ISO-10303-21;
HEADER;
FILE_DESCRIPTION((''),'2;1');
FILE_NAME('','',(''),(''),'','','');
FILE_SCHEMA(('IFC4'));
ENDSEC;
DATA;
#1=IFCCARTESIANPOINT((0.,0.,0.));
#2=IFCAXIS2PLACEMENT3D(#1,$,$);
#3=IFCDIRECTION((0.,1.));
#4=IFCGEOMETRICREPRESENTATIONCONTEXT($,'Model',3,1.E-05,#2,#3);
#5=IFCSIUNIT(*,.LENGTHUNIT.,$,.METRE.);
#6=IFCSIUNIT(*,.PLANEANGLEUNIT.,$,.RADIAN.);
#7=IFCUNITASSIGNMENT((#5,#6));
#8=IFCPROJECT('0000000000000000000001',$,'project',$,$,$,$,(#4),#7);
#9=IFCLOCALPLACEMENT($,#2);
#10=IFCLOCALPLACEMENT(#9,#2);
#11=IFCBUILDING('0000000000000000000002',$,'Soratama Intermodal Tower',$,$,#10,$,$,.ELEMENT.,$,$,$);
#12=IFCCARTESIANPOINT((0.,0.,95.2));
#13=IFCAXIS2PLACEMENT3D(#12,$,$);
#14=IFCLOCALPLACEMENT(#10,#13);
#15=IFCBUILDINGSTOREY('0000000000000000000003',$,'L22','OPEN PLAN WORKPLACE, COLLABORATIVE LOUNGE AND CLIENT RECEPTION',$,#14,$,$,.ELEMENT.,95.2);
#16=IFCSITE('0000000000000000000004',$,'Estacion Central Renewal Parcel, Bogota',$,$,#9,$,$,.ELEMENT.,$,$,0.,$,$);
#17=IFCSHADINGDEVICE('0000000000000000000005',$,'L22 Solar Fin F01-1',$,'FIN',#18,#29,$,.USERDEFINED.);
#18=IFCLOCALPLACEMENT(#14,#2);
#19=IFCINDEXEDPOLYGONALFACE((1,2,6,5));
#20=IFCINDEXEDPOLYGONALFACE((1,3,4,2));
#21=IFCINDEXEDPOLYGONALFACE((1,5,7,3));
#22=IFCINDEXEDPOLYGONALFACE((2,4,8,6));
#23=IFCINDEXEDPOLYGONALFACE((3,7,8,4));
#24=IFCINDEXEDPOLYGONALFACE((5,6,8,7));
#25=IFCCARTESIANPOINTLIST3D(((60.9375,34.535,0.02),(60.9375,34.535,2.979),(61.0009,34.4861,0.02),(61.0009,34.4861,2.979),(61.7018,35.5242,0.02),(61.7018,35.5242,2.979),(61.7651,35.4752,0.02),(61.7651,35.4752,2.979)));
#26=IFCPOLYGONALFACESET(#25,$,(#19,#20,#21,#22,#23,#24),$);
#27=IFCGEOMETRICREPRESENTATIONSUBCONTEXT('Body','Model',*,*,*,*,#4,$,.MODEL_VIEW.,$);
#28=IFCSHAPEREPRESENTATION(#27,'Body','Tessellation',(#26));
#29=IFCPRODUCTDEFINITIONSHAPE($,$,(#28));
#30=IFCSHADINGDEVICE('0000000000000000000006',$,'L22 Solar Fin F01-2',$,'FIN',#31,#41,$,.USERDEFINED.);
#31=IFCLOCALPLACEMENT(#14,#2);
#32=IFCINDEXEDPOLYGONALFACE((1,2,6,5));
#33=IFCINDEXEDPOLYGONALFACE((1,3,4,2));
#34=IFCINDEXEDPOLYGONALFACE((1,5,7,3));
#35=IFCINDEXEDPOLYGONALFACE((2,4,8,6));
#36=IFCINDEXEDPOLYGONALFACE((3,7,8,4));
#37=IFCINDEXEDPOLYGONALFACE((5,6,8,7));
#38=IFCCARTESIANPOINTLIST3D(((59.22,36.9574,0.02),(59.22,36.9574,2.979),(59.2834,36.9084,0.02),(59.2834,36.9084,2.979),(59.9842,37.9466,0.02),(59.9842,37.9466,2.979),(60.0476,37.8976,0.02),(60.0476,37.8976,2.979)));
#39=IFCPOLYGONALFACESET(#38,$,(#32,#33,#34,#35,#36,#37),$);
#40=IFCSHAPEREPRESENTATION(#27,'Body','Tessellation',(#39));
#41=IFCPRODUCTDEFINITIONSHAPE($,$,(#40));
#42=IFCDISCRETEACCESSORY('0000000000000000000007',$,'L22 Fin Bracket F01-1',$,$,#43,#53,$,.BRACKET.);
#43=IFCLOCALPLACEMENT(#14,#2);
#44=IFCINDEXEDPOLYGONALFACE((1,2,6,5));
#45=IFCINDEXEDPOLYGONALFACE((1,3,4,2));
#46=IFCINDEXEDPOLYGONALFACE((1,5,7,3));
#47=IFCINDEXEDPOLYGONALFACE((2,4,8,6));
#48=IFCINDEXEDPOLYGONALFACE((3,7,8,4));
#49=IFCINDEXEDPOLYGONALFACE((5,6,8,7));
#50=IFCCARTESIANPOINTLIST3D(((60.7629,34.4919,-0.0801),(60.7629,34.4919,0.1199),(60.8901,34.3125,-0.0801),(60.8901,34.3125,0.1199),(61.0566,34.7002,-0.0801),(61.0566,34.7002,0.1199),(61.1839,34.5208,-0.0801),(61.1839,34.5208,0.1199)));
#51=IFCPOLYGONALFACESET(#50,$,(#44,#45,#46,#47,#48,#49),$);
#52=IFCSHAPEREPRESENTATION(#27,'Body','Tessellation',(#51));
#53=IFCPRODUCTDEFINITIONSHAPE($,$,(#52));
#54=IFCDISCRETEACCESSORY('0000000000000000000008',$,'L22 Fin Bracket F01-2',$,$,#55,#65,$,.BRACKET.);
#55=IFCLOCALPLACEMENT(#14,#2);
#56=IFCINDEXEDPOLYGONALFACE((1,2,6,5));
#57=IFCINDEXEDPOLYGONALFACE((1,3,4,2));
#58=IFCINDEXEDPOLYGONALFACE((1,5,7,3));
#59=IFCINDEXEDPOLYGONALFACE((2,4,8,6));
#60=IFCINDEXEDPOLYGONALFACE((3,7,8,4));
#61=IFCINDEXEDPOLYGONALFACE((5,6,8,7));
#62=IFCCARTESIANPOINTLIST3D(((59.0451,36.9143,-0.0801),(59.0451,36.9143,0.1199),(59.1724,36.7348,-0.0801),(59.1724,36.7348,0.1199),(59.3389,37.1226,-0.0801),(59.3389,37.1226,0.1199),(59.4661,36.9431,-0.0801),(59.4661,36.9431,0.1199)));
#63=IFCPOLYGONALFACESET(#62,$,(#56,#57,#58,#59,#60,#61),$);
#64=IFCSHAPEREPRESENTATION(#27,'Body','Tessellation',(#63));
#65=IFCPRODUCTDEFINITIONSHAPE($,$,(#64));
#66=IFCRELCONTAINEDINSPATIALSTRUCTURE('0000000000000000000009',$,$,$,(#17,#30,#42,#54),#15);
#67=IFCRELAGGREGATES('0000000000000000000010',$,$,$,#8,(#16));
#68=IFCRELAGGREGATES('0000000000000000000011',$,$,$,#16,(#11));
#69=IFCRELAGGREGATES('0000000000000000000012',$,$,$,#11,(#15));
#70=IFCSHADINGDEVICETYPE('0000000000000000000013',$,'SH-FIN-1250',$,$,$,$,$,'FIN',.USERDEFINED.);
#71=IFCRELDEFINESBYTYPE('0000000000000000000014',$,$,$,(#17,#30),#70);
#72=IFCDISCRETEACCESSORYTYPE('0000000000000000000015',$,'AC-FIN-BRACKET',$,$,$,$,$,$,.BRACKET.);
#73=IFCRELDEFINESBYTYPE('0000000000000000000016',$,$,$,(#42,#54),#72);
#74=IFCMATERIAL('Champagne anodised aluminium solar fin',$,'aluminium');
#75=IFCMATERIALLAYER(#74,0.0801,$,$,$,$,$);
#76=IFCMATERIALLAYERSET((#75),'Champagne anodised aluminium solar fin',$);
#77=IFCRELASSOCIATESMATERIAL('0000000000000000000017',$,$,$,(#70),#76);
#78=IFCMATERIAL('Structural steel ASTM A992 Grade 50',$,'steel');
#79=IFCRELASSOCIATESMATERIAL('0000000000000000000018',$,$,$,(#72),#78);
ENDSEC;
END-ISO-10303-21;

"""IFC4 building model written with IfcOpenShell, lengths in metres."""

from ifc_helpers import new_model, si_unit, direction, frame, origin, origin_2d, place, context, subcontext, project, spatial, rectangle, extrude, material, layer, layer_set, type_object, element, save


model = new_model("IFC4")

# Units and contexts
model_context = context("Model", 3, precision=1e-05, world=origin(), true_north=direction((0.0, 1.0)))
body_context = subcontext(model_context, "Body", "Model", "MODEL_VIEW")
ifc_project = project(units=[si_unit("LENGTHUNIT", "METRE"), si_unit("PLANEANGLEUNIT", "RADIAN")], contexts=[model_context])

# Site, building, storey
site_placement = place(None, origin())
site = spatial("IfcSite", under=ifc_project, at=site_placement, Name="Estacion Central Renewal Parcel, Bogota", CompositionType="ELEMENT", RefElevation=0.0)
building_placement = place(site_placement, origin())
building = spatial("IfcBuilding", under=site, at=building_placement, Name="Soratama Intermodal Tower", CompositionType="ELEMENT")
storey_placement = place(building_placement, frame((0.0, 0.0, 95.2)))
storey = spatial("IfcBuildingStorey", under=building, at=storey_placement, Name="L22", Description="OPEN PLAN WORKPLACE, COLLABORATIVE LOUNGE AND CLIENT RECEPTION", CompositionType="ELEMENT", Elevation=95.2)

# Shading devices
ifc_material_1 = material(Name="Champagne anodised aluminium solar fin", Category="aluminium")
ifc_layer_1 = layer(ifc_material_1, 0.0801)
ifc_layer_set_1 = layer_set([ifc_layer_1], Name="Champagne anodised aluminium solar fin")
shading_device_type = type_object("IfcShadingDeviceType", Name="SH-FIN-1250", ElementType="FIN", PredefinedType="USERDEFINED", material=ifc_layer_set_1)
for number, where, z_axis, x_axis, name in (
    (1, (61.3513, 35.0051, 0.02), (0.0, 0.0, 1.0), (0.611389, 0.79133, 0.0), "L22 Solar Fin F01-1"),
    (2, (59.6338, 37.4275, 0.02), (0.0, 0.0, 1.0), (0.611389, 0.79133, 0.0), "L22 Solar Fin F01-2"),
):
    element("IfcShadingDevice", number, at=place(storey_placement, frame(where, z_axis=z_axis, x_axis=x_axis)), inside=storey, type_object=shading_device_type, Name=name, ObjectType="FIN", PredefinedType="USERDEFINED", context=body_context, shape_type="SweptSolid", body=[
        extrude(rectangle(XDim=1.25, YDim=0.0801, at=origin_2d()), origin(), (0.0, 0.0, 1.0), 2.959),
    ])

# Discrete accessories
ifc_material_2 = material(Name="Structural steel ASTM A992 Grade 50", Category="steel")
discrete_accessory_type = type_object("IfcDiscreteAccessoryType", Name="AC-FIN-BRACKET", PredefinedType="BRACKET", material=ifc_material_2)
for number, where, z_axis, x_axis, name in (
    (3, (60.9734, 34.5063, -0.0801), (0.0, 0.0, 1.0), (0.815734, 0.578427, 0.0), "L22 Fin Bracket F01-1"),
    (4, (59.2556, 36.9287, -0.0801), (0.0, 0.0, 1.0), (0.815734, 0.578427, 0.0), "L22 Fin Bracket F01-2"),
):
    element("IfcDiscreteAccessory", number, at=place(storey_placement, frame(where, z_axis=z_axis, x_axis=x_axis)), inside=storey, type_object=discrete_accessory_type, Name=name, PredefinedType="BRACKET", context=body_context, shape_type="SweptSolid", body=[
        extrude(rectangle(XDim=0.3601, YDim=0.22, at=origin_2d()), origin(), (0.0, 0.0, 1.0), 0.2),
    ])

save(model, "model.ifc")
